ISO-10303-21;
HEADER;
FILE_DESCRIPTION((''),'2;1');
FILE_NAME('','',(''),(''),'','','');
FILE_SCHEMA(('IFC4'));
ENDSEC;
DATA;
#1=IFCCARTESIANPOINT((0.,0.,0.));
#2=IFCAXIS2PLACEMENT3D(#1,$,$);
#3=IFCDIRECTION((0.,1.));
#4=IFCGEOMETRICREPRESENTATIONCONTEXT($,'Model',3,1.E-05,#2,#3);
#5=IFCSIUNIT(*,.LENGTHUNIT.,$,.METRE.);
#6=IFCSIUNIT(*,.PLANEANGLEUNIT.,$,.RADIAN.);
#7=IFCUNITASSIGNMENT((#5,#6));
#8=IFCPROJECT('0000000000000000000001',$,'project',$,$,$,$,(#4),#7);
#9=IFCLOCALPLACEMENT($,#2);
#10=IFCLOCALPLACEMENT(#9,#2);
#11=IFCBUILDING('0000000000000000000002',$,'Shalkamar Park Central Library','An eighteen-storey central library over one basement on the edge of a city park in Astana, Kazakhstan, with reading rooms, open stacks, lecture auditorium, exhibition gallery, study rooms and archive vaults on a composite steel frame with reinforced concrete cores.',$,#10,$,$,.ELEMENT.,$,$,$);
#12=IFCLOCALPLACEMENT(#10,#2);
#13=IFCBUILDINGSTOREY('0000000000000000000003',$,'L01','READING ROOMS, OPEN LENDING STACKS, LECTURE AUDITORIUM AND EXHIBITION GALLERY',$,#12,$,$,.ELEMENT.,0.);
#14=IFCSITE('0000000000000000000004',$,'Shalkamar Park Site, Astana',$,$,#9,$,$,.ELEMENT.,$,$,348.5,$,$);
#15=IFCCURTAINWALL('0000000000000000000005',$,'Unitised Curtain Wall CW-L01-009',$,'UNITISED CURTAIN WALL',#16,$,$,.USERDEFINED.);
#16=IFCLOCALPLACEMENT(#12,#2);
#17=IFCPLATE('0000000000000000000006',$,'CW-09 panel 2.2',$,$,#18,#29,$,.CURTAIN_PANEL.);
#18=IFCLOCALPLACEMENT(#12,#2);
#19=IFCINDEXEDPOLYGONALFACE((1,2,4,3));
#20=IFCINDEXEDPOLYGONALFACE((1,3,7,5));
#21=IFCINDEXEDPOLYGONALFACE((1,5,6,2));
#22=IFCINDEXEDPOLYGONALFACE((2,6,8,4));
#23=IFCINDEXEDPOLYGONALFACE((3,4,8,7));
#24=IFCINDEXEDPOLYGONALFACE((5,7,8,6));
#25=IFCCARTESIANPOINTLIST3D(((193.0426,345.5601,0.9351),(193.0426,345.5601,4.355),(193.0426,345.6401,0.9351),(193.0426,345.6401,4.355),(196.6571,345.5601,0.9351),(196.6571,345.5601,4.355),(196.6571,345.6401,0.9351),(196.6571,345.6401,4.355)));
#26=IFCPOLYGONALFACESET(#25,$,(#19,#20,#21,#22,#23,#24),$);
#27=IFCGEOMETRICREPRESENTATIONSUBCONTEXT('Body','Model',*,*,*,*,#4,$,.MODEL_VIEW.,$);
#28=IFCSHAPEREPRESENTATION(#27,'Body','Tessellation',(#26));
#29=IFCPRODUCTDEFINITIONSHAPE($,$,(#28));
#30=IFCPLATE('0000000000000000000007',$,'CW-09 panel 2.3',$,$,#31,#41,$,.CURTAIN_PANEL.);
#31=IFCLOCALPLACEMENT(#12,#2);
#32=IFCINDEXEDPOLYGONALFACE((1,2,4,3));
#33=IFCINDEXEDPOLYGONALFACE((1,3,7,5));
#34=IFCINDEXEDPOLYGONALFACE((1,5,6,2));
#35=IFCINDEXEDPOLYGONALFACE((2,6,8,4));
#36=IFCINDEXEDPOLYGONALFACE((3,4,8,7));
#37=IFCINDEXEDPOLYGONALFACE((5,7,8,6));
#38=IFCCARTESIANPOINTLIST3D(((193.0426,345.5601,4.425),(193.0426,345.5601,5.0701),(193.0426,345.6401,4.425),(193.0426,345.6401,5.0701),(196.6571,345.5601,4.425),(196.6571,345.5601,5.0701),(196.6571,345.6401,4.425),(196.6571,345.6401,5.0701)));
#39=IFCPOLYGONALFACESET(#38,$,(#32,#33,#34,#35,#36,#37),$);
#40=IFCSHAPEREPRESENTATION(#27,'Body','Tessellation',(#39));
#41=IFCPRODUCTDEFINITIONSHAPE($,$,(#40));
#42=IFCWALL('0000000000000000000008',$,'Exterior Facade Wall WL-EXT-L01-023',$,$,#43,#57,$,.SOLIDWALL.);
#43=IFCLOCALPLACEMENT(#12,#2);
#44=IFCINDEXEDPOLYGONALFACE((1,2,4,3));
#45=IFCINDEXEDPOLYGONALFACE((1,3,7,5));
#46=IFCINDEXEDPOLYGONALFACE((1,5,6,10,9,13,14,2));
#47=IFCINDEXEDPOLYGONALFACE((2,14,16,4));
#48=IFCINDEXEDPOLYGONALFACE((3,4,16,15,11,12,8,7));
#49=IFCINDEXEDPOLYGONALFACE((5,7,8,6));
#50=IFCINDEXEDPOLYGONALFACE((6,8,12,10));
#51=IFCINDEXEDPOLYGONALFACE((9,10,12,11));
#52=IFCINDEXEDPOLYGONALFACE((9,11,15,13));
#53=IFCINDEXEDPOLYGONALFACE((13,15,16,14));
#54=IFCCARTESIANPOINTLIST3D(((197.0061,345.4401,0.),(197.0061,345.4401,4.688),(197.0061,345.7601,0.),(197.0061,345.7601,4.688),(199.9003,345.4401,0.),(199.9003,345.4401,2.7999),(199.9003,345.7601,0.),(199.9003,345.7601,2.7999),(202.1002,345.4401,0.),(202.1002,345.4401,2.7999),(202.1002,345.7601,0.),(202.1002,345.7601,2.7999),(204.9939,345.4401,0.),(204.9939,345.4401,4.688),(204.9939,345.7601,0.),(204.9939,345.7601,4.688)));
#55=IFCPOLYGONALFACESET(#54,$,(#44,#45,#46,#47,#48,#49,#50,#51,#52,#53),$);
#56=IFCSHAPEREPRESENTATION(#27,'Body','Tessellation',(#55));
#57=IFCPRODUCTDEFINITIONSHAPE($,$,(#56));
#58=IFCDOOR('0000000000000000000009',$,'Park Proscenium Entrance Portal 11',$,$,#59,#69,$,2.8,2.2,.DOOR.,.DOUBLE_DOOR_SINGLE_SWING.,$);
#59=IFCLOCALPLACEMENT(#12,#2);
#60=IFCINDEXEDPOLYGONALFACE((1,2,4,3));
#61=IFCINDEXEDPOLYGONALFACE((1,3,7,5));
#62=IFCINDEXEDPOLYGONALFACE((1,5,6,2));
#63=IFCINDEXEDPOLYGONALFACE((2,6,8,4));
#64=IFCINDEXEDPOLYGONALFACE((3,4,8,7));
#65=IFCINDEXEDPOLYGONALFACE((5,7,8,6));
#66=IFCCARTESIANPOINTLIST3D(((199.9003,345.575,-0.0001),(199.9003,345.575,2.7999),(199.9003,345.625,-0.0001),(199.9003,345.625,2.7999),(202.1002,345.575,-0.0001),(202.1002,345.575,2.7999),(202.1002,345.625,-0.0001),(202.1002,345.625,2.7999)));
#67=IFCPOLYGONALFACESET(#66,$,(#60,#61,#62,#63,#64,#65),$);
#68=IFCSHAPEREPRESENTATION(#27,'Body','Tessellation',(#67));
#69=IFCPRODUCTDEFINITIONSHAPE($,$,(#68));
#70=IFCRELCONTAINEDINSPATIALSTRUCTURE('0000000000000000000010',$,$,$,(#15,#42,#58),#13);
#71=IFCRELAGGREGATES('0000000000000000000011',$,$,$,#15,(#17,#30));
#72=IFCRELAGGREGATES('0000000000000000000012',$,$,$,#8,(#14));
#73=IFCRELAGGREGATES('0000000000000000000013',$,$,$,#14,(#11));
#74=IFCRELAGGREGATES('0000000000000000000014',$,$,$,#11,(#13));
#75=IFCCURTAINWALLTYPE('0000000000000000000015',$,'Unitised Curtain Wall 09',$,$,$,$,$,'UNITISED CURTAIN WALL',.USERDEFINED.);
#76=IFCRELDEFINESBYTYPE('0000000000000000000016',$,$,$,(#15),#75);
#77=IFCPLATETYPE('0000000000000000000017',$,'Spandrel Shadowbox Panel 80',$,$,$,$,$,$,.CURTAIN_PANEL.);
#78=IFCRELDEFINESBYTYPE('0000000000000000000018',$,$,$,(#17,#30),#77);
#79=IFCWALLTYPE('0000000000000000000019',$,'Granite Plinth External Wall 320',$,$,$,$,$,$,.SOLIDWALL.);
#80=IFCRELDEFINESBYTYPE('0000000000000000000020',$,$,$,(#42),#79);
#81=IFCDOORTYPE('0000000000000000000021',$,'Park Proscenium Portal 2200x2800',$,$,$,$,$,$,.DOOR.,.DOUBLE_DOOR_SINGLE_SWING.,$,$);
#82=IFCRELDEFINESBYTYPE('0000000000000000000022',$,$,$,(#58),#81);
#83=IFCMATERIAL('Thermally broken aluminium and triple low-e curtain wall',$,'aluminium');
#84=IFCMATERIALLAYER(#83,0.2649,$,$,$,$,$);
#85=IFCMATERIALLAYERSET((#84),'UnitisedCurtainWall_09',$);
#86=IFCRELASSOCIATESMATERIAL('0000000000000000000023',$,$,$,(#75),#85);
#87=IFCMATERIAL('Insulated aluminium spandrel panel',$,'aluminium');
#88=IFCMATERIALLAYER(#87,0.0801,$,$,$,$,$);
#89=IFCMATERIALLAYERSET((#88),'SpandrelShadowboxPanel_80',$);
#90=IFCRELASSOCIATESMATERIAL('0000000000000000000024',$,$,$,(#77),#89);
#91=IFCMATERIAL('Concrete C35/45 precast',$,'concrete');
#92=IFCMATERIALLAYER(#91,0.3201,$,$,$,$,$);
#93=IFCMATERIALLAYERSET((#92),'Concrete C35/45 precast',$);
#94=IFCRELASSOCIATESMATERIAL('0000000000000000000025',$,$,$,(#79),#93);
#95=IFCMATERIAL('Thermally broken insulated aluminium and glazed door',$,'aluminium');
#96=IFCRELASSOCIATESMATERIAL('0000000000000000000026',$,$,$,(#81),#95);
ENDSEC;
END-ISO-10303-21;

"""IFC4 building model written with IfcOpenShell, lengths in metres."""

from ifc_helpers import new_model, si_unit, direction, frame, frame_2d, origin, origin_2d, place, context, subcontext, project, spatial, rectangle, extrude, material, layer, layer_set, type_object, element, fill, aggregate, save


model = new_model("IFC4")

# Units and contexts
model_context = context("Model", 3, precision=1e-05, world=origin(), true_north=direction((0.0, 1.0)))
body_context = subcontext(model_context, "Body", "Model", "MODEL_VIEW")
ifc_project = project(units=[si_unit("LENGTHUNIT", "METRE"), si_unit("PLANEANGLEUNIT", "RADIAN")], contexts=[model_context])

# Site, building, storey
site_placement = place(None, origin())
site = spatial("IfcSite", under=ifc_project, at=site_placement, Name="Shalkamar Park Site, Astana", CompositionType="ELEMENT", RefElevation=348.5)
building_placement = place(site_placement, origin())
building = spatial("IfcBuilding", under=site, at=building_placement, Name="Shalkamar Park Central Library", Description="An eighteen-storey central library over one basement on the edge of a city park in Astana, Kazakhstan, with reading rooms, open stacks, lecture auditorium, exhibition gallery, study rooms and archive vaults on a composite steel frame with reinforced concrete cores.", CompositionType="ELEMENT")
storey_placement = place(building_placement, origin())
storey = spatial("IfcBuildingStorey", under=building, at=storey_placement, Name="L01", Description="READING ROOMS, OPEN LENDING STACKS, LECTURE AUDITORIUM AND EXHIBITION GALLERY", CompositionType="ELEMENT", Elevation=0.0)

# Curtain wall
ifc_material_1 = material(Name="Thermally broken aluminium and triple low-e curtain wall", Category="aluminium")
ifc_layer_1 = layer(ifc_material_1, 0.2649)
ifc_layer_set_1 = layer_set([ifc_layer_1], Name="UnitisedCurtainWall_09")
curtain_wall_type = type_object("IfcCurtainWallType", Name="Unitised Curtain Wall 09", ElementType="UNITISED CURTAIN WALL", PredefinedType="USERDEFINED", material=ifc_layer_set_1)
curtain_wall_placement = place(storey_placement, origin())
curtain_wall = element("IfcCurtainWall", 1, at=curtain_wall_placement, inside=storey, type_object=curtain_wall_type, Name="Unitised Curtain Wall CW-L01-009", ObjectType="UNITISED CURTAIN WALL", PredefinedType="USERDEFINED")

# Plates
ifc_material_2 = material(Name="Insulated aluminium spandrel panel", Category="aluminium")
ifc_layer_2 = layer(ifc_material_2, 0.0801)
ifc_layer_set_2 = layer_set([ifc_layer_2], Name="SpandrelShadowboxPanel_80")
plate_type = type_object("IfcPlateType", Name="Spandrel Shadowbox Panel 80", PredefinedType="CURTAIN_PANEL", material=ifc_layer_set_2)
plate_1_placement = place(storey_placement, frame((194.8499, 345.6001, 0.9351), z_axis=(0.0, 0.0, 1.0), x_axis=(1.0, 0.0, 0.0)))
plate_1 = element("IfcPlate", 2, at=plate_1_placement, type_object=plate_type, Name="CW-09 panel 2.2", PredefinedType="CURTAIN_PANEL", context=body_context, shape_type="SweptSolid", body=[
    extrude(rectangle(XDim=3.6145, YDim=0.0801, at=origin_2d()), origin(), (0.0, 0.0, 1.0), 3.4199),
])
plate_2_placement = place(storey_placement, frame((194.8499, 345.6001, 4.425), z_axis=(0.0, 0.0, 1.0), x_axis=(1.0, 0.0, 0.0)))
plate_2 = element("IfcPlate", 3, at=plate_2_placement, type_object=plate_type, Name="CW-09 panel 2.3", PredefinedType="CURTAIN_PANEL", context=body_context, shape_type="SweptSolid", body=[
    extrude(rectangle(XDim=3.6145, YDim=0.0801, at=origin_2d()), origin(), (0.0, 0.0, 1.0), 0.645),
])
aggregate(curtain_wall, [plate_1, plate_2])

# Wall, opening, door
ifc_material_3 = material(Name="Concrete C35/45 precast", Category="concrete")
ifc_layer_3 = layer(ifc_material_3, 0.3201)
ifc_layer_set_3 = layer_set([ifc_layer_3], Name="Concrete C35/45 precast")
wall_type = type_object("IfcWallType", Name="Granite Plinth External Wall 320", PredefinedType="SOLIDWALL", material=ifc_layer_set_3)
wall_placement = place(storey_placement, frame((197.0061, 345.6001, 0.0), z_axis=(0.0, 0.0, 1.0), x_axis=(1.0, 0.0, 0.0)))
wall = element("IfcWall", 4, at=wall_placement, inside=storey, type_object=wall_type, Name="Exterior Facade Wall WL-EXT-L01-023", PredefinedType="SOLIDWALL", context=body_context, shape_type="SweptSolid", body=[
    extrude(rectangle(XDim=7.9878, YDim=0.3201, at=frame_2d((3.9939, 0.0))), origin(), (0.0, 0.0, 1.0), 4.688),
])
opening_placement = place(wall_placement, frame((2.894, 0.0, 0.0)))
opening = element("IfcOpeningElement", 5, at=opening_placement, cuts=wall, PredefinedType="OPENING", context=body_context, shape_type="SweptSolid", body=[
    extrude(rectangle(XDim=2.2, YDim=2.8, at=frame_2d((1.1001, 1.3999))), frame((0.0, 0.1748, 0.0), z_axis=(0.0, -1.0, 0.0), x_axis=(1.0, 0.0, 0.0)), (0.0, 0.0, 1.0), 0.3499),
])
ifc_material_4 = material(Name="Thermally broken insulated aluminium and glazed door", Category="aluminium")
door_type = type_object("IfcDoorType", Name="Park Proscenium Portal 2200x2800", OperationType="DOUBLE_DOOR_SINGLE_SWING", PredefinedType="DOOR", material=ifc_material_4)
door_placement = place(opening_placement, origin())
door = element("IfcDoor", 6, at=door_placement, inside=storey, type_object=door_type, Name="Park Proscenium Entrance Portal 11", OperationType="DOUBLE_DOOR_SINGLE_SWING", OverallHeight=2.8, OverallWidth=2.2, PredefinedType="DOOR", context=body_context, shape_type="SweptSolid", body=[
    extrude(rectangle(XDim=2.2, YDim=2.8, at=frame_2d((1.1001, 1.3999))), frame((0.0, 0.0249, 0.0), z_axis=(0.0, -1.0, 0.0), x_axis=(1.0, 0.0, 0.0)), (0.0, 0.0, 1.0), 0.05),
])
fill(opening, door)

save(model, "model.ifc")
